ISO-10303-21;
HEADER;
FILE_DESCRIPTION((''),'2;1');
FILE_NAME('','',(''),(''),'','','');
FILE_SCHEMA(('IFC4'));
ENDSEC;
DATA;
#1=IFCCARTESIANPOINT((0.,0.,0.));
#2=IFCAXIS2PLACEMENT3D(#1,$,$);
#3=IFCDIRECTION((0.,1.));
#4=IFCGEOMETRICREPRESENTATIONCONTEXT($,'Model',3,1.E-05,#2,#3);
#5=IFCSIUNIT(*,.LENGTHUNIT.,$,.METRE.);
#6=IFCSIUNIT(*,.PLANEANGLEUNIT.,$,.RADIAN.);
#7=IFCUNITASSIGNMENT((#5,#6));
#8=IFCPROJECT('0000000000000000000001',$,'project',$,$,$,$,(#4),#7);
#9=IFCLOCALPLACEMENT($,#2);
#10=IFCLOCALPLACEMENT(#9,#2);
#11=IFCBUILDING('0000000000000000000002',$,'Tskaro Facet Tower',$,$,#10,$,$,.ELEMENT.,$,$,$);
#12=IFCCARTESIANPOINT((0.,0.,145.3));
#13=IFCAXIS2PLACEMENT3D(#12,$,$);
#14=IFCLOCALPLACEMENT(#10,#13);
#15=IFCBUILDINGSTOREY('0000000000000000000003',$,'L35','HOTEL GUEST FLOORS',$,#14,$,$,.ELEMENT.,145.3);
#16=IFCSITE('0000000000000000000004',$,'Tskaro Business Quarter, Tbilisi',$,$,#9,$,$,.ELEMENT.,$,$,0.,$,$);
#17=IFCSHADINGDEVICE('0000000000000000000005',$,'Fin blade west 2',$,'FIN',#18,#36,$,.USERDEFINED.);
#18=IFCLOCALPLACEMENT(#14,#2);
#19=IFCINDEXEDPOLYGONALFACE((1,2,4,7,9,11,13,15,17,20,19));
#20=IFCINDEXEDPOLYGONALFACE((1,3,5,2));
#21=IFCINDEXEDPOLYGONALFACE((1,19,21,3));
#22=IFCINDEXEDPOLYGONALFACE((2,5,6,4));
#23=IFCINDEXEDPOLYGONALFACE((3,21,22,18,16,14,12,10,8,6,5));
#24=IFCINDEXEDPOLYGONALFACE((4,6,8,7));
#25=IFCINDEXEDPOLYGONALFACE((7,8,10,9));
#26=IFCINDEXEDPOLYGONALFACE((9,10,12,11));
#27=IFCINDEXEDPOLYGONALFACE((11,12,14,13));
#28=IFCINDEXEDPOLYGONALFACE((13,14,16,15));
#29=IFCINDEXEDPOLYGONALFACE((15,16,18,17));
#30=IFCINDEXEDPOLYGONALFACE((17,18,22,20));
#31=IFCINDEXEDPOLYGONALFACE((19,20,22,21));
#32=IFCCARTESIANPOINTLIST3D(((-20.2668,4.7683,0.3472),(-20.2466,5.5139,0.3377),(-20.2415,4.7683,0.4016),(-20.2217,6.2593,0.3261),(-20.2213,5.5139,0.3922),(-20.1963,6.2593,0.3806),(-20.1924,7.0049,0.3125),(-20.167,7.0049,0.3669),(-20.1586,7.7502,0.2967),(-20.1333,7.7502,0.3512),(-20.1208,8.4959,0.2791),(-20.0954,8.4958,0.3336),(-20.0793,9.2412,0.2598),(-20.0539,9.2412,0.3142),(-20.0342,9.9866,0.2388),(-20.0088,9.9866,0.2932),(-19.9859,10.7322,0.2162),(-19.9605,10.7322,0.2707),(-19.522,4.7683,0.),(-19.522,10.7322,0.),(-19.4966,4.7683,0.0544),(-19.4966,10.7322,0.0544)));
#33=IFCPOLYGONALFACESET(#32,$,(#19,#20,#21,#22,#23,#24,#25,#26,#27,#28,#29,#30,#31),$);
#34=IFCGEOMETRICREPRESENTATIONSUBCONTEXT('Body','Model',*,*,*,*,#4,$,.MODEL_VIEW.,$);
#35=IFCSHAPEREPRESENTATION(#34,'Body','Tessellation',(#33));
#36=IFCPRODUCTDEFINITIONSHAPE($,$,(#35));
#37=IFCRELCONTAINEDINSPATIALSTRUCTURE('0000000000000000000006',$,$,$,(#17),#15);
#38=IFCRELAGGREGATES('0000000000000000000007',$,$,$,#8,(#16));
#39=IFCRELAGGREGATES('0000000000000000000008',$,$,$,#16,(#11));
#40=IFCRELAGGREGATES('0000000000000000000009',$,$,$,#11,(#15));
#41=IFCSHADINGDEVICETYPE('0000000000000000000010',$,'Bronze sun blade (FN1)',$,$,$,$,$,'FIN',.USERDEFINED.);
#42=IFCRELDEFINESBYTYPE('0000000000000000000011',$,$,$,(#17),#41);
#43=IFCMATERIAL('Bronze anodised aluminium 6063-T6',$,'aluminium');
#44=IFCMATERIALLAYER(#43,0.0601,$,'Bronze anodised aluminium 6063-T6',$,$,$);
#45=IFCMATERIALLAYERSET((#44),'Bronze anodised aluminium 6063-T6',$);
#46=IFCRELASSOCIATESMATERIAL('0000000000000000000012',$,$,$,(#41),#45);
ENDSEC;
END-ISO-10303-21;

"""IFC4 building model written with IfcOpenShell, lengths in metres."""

from ifc_helpers import new_model, si_unit, direction, frame, origin, place, context, subcontext, project, spatial, polyline, outline, extrude, material, layer, layer_set, type_object, element, save


model = new_model("IFC4")

# Units and contexts
model_context = context("Model", 3, precision=1e-05, world=origin(), true_north=direction((0.0, 1.0)))
body_context = subcontext(model_context, "Body", "Model", "MODEL_VIEW")
ifc_project = project(units=[si_unit("LENGTHUNIT", "METRE"), si_unit("PLANEANGLEUNIT", "RADIAN")], contexts=[model_context])

# Site, building, storey
site_placement = place(None, origin())
site = spatial("IfcSite", under=ifc_project, at=site_placement, Name="Tskaro Business Quarter, Tbilisi", CompositionType="ELEMENT", RefElevation=0.0)
building_placement = place(site_placement, origin())
building = spatial("IfcBuilding", under=site, at=building_placement, Name="Tskaro Facet Tower", CompositionType="ELEMENT")
storey_placement = place(building_placement, frame((0.0, 0.0, 145.3)))
storey = spatial("IfcBuildingStorey", under=building, at=storey_placement, Name="L35", Description="HOTEL GUEST FLOORS", CompositionType="ELEMENT", Elevation=145.3)

# Shared definitions
ifc_material_1 = material(Name="Bronze anodised aluminium 6063-T6", Category="aluminium")

# Shading device
ifc_layer_1 = layer(ifc_material_1, 0.0601, Name="Bronze anodised aluminium 6063-T6")
ifc_layer_set_1 = layer_set([ifc_layer_1], Name="Bronze anodised aluminium 6063-T6")
shading_device_type = type_object("IfcShadingDeviceType", Name="Bronze sun blade (FN1)", ElementType="FIN", PredefinedType="USERDEFINED", material=ifc_layer_set_1)
shading_device_1_placement = place(storey_placement, frame((-19.4966, 10.7322, 0.0544), z_axis=(0.422468, -0.000007, 0.906378), x_axis=(-0.000003, -1.0, -0.000006)))
element("IfcShadingDevice", 1, at=shading_device_1_placement, inside=storey, type_object=shading_device_type, Name="Fin blade west 2", ObjectType="FIN", PredefinedType="USERDEFINED", context=body_context, shape_type="SweptSolid", body=[
    extrude(outline(polyline([(0.0, 0.0), (5.9639, 0.0), (5.9639, -0.8218), (5.2183, -0.7995), (4.4729, -0.772), (3.7273, -0.7397), (2.9819, -0.7024), (2.2363, -0.6607), (1.491, -0.6149), (0.7456, -0.5651), (0.0, -0.5118), (0.0, 0.0)])), origin(), (0.0, 0.0, -1.0), 0.0601),
])

save(model, "model.ifc")
